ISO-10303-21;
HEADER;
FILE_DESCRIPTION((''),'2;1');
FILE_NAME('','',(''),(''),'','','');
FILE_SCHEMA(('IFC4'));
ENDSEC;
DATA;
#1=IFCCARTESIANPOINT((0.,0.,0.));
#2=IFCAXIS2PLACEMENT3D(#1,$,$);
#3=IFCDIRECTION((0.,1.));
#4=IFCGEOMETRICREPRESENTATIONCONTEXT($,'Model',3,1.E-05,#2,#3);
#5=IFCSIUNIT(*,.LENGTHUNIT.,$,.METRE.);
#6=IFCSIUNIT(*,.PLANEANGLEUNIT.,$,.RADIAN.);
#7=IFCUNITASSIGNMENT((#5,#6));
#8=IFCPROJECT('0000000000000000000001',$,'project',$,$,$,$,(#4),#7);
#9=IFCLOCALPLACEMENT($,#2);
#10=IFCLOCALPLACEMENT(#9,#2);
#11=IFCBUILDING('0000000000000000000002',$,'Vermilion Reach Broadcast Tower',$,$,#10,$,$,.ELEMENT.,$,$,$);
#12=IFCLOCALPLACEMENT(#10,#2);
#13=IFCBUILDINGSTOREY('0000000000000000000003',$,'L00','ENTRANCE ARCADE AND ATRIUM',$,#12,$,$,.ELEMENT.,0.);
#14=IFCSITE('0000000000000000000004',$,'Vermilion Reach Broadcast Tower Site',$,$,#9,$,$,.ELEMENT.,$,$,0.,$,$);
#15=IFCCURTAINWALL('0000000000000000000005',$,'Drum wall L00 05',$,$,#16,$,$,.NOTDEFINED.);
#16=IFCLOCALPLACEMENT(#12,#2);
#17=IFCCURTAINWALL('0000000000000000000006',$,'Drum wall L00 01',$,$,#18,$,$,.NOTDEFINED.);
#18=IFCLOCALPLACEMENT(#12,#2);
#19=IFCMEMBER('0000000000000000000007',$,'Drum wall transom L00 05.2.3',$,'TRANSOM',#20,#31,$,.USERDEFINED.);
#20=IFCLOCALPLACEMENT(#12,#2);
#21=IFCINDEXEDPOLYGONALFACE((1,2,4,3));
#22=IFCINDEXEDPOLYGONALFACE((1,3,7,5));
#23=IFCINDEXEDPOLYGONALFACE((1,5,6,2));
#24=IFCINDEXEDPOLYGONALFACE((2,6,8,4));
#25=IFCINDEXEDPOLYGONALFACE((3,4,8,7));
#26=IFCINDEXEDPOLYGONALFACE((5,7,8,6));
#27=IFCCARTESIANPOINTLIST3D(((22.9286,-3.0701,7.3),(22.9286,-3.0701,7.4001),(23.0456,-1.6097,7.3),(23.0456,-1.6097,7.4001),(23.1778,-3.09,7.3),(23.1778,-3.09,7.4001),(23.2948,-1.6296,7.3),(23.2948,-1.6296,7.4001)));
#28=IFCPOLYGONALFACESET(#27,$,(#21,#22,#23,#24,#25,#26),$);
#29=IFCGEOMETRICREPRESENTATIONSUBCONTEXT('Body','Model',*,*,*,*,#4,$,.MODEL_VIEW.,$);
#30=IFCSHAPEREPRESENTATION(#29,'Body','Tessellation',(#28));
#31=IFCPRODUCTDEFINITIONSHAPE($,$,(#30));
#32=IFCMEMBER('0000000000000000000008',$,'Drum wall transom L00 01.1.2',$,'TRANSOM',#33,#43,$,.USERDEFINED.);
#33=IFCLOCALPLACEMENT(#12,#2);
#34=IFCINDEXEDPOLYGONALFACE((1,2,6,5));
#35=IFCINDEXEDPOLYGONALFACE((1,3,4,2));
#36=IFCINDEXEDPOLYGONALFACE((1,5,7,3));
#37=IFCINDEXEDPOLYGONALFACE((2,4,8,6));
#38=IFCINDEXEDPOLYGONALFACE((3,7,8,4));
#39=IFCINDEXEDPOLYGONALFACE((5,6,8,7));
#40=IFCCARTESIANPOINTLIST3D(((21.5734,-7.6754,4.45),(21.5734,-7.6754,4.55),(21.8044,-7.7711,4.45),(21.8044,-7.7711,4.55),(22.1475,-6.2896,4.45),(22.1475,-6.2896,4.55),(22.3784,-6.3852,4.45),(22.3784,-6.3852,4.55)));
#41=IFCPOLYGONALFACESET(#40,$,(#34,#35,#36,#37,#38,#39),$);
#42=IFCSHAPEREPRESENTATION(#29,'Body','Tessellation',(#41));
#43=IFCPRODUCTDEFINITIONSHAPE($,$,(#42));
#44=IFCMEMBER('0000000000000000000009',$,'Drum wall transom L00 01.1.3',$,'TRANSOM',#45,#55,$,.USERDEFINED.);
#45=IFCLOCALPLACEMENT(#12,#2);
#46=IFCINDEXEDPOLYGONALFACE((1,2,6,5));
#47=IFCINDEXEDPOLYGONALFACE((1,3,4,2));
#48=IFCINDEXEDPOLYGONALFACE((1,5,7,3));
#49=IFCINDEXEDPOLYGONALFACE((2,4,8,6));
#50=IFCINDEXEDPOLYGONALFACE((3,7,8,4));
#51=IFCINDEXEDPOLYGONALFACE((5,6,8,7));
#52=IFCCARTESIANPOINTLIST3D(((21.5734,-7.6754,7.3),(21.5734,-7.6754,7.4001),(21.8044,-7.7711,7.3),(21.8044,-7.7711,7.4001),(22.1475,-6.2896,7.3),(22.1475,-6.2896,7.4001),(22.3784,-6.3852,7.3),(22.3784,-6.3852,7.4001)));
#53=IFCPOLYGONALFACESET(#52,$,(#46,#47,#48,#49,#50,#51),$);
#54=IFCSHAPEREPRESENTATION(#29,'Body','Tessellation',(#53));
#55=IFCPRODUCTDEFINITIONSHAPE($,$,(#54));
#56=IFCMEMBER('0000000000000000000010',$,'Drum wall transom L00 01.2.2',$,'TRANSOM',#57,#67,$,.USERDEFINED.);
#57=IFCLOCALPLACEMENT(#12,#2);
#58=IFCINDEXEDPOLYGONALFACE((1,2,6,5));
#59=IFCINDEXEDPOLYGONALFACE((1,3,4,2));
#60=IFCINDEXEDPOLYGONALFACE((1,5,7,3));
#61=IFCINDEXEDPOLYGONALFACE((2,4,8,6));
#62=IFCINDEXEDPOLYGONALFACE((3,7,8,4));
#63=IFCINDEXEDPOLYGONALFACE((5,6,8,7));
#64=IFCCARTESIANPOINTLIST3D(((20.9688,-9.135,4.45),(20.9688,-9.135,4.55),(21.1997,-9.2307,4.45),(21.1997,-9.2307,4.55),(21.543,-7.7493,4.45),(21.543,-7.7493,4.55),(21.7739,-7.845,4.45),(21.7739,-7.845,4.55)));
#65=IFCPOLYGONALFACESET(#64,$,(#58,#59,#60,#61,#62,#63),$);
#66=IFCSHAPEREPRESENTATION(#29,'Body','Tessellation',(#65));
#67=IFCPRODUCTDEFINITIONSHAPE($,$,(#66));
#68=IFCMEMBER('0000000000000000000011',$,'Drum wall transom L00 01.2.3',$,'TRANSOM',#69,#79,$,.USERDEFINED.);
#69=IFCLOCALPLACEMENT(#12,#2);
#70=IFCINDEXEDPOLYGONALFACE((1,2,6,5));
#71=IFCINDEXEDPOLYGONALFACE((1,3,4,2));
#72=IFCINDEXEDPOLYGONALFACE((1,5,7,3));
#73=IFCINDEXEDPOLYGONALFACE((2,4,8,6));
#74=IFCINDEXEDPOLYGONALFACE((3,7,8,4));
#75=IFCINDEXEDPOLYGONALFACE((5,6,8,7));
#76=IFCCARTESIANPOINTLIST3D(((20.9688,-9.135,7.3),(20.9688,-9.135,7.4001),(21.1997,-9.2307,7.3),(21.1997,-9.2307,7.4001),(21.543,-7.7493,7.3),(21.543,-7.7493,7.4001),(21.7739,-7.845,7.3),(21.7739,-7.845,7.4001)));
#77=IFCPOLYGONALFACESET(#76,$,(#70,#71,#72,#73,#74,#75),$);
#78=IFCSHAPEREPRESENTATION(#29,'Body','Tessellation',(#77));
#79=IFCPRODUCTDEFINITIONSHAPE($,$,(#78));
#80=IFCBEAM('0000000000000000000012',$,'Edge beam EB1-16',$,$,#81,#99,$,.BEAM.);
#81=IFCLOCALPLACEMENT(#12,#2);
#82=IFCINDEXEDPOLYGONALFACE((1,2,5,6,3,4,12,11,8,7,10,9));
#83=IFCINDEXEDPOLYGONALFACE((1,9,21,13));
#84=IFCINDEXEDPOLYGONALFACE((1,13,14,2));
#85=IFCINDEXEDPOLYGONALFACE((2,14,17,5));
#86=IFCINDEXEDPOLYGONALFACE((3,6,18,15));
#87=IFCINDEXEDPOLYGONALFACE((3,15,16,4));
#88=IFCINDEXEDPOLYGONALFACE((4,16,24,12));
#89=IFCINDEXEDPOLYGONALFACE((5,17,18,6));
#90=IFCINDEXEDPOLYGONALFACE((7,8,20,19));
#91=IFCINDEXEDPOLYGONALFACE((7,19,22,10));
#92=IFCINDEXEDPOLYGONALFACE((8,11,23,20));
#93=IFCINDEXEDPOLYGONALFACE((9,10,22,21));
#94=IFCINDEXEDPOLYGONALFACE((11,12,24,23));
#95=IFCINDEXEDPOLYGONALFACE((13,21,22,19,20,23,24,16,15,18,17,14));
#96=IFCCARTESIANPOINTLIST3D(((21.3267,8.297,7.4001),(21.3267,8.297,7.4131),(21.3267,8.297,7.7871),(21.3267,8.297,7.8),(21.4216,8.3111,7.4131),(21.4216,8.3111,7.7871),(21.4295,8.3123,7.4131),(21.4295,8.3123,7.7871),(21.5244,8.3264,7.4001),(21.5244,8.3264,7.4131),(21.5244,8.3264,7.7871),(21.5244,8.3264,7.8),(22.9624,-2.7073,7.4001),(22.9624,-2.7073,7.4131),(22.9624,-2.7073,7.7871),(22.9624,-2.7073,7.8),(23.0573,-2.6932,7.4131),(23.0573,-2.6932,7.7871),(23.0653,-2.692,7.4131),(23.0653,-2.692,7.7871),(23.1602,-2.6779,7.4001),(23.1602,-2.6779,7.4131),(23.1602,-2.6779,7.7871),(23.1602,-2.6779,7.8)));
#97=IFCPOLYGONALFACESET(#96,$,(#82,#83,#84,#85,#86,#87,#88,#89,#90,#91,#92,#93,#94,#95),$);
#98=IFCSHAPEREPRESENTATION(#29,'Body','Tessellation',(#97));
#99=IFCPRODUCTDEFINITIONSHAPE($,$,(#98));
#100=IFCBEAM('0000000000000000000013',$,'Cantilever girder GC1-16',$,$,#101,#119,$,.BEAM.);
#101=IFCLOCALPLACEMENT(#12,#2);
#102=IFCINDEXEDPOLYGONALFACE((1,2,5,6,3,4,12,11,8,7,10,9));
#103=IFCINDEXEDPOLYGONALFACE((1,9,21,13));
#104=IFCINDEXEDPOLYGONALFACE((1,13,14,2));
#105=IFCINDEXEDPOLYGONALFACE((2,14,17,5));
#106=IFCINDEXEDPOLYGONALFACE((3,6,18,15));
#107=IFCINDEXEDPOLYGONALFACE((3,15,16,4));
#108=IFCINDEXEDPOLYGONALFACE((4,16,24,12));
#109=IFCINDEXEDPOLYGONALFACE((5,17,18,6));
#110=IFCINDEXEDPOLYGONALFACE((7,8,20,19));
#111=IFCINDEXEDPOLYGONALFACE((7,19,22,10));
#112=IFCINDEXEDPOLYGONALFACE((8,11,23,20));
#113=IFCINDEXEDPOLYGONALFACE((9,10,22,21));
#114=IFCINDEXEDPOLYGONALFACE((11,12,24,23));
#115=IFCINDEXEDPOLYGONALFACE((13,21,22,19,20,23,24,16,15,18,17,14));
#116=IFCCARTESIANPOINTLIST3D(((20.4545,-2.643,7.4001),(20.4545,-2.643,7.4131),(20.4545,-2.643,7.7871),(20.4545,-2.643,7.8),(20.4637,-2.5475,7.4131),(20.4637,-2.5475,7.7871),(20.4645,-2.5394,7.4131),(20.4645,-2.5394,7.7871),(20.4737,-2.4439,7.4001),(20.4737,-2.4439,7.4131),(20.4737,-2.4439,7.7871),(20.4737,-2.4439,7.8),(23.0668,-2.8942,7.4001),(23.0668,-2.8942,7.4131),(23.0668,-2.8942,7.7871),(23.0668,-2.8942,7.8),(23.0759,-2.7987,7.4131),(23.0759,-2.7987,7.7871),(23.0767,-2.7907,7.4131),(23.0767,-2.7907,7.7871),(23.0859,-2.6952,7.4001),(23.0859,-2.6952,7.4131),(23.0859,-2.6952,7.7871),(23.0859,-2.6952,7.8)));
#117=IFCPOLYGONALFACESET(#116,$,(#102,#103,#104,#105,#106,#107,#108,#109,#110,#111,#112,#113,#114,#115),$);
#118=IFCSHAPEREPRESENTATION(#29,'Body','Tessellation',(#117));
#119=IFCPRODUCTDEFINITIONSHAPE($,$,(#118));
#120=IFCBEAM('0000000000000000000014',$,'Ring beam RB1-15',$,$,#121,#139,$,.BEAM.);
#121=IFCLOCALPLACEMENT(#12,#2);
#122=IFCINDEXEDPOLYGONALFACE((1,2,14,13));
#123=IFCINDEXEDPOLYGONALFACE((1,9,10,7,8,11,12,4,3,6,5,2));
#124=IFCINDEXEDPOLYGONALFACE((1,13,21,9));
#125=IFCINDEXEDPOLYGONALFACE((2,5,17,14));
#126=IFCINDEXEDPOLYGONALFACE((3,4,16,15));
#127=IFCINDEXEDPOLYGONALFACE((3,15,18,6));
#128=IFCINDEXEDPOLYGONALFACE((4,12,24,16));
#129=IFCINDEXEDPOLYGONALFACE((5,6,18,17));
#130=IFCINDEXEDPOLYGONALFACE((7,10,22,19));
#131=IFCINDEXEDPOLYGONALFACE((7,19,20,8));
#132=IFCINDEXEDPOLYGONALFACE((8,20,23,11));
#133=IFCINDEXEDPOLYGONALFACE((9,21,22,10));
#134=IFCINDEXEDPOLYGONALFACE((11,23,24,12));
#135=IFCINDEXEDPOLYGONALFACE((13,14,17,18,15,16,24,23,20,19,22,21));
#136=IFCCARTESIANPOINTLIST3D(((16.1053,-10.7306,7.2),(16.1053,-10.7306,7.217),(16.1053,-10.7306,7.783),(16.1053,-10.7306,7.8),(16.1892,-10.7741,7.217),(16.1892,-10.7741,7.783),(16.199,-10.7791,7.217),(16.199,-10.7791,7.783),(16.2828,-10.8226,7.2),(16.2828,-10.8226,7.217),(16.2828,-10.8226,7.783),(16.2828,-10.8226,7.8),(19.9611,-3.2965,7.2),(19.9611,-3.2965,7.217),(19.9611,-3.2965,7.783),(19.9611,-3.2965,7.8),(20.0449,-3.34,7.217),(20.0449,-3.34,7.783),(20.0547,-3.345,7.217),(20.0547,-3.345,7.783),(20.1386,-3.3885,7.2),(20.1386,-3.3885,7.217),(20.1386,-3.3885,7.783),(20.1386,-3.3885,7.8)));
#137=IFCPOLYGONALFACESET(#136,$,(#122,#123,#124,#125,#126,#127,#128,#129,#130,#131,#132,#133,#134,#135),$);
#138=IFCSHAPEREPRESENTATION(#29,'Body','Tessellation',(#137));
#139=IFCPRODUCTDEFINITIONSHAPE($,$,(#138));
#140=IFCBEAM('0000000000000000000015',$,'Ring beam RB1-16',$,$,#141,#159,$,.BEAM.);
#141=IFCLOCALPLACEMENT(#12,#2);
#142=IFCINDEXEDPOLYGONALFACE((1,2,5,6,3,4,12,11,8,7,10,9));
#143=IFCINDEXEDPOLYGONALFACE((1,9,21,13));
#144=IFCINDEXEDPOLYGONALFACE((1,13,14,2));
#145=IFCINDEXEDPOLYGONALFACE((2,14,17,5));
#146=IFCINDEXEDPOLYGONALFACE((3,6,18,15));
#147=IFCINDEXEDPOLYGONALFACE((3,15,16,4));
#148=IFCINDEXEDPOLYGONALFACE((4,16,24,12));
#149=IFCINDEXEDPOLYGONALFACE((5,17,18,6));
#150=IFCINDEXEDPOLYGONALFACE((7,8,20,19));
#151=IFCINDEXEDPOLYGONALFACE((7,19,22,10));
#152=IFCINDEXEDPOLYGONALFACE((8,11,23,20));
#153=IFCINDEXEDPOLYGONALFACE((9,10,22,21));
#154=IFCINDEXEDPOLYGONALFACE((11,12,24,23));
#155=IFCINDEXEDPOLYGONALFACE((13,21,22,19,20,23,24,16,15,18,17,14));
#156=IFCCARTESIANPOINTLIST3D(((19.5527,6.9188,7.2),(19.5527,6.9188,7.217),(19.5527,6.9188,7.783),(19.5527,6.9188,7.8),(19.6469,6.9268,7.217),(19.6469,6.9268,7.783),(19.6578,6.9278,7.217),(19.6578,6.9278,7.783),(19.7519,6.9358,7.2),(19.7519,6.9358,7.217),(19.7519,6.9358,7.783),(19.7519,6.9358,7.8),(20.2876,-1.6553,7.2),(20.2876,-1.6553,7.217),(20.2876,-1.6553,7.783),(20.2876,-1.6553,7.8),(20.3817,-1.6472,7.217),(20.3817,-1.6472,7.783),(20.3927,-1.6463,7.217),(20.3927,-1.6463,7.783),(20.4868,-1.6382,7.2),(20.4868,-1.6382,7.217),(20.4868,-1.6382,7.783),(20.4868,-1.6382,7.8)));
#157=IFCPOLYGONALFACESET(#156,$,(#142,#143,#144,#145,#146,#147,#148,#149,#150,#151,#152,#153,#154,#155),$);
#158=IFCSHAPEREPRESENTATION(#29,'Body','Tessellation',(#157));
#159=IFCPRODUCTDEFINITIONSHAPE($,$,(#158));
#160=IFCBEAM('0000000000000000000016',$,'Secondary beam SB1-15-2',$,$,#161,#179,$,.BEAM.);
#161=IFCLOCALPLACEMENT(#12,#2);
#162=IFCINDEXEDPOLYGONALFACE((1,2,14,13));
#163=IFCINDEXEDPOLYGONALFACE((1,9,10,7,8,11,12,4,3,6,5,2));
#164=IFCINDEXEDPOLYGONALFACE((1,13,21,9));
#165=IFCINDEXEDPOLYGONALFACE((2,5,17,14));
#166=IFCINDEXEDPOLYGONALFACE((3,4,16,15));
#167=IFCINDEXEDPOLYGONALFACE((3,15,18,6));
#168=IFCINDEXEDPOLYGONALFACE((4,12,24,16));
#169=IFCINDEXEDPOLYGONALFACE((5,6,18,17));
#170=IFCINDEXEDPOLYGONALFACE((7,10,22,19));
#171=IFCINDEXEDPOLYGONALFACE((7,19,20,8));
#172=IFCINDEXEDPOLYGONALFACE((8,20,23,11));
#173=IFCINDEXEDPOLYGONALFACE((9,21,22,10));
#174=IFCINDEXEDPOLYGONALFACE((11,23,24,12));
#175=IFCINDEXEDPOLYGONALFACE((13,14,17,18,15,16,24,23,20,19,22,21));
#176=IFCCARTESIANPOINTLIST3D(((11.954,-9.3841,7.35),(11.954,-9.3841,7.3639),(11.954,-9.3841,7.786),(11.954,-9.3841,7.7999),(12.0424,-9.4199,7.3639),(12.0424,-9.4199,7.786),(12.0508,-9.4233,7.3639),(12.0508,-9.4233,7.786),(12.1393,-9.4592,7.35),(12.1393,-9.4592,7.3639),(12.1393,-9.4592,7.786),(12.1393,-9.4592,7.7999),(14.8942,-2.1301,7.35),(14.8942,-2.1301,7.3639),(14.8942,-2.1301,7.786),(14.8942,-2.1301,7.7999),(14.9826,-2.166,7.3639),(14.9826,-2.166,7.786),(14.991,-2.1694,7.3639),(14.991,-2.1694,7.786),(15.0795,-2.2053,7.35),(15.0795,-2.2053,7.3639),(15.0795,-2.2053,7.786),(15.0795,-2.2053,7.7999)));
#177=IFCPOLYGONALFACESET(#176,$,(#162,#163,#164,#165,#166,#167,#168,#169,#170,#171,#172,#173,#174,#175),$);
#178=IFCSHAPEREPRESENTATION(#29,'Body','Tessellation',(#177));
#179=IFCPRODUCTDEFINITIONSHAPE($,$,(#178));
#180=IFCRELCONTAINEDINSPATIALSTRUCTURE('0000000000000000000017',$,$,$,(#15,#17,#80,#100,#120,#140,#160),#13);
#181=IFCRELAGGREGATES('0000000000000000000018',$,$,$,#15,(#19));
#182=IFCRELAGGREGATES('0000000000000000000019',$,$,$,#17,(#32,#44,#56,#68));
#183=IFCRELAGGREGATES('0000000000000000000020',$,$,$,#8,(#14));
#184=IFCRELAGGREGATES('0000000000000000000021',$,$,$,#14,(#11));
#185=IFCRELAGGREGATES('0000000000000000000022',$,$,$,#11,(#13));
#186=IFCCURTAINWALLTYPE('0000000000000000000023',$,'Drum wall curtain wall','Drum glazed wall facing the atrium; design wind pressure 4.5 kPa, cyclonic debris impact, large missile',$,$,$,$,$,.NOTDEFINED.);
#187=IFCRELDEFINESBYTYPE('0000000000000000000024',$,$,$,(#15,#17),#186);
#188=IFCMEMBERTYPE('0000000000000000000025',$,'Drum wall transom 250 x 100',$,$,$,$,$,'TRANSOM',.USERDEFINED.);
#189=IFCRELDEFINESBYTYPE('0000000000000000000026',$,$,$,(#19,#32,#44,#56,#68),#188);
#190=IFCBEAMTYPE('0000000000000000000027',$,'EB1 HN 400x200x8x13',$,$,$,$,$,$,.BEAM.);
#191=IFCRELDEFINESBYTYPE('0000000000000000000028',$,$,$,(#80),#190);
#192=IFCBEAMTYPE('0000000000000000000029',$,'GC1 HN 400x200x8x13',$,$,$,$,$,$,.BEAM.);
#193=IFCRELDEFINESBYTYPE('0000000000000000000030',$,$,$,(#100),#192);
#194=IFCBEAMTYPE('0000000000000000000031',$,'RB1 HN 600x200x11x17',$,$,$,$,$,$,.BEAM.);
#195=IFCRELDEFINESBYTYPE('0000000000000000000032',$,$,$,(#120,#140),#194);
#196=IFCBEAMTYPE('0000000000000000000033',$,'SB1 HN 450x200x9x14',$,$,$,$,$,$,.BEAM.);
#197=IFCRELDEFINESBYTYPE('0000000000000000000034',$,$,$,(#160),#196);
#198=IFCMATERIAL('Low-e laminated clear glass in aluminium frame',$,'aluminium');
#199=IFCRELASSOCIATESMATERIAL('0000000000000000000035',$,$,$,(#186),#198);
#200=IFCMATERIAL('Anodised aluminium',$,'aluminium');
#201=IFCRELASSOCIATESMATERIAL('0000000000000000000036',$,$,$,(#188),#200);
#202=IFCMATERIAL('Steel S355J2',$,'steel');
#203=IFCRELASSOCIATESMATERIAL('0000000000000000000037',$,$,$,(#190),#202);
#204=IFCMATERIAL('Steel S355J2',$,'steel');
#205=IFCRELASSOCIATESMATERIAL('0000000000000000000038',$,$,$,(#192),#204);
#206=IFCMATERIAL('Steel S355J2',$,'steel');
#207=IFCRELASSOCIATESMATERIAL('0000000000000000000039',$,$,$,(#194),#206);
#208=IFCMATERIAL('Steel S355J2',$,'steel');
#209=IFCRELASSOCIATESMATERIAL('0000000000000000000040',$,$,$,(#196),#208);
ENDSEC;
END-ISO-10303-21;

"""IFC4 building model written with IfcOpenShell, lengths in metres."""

from ifc_helpers import new_model, si_unit, direction, frame, origin, origin_2d, place, context, subcontext, project, spatial, rectangle, i_section, extrude, material, material_profile, profile_set, type_object, element, aggregate, save


model = new_model("IFC4")

# Units and contexts
model_context = context("Model", 3, precision=1e-05, world=origin(), true_north=direction((0.0, 1.0)))
body_context = subcontext(model_context, "Body", "Model", "MODEL_VIEW")
ifc_project = project(units=[si_unit("LENGTHUNIT", "METRE"), si_unit("PLANEANGLEUNIT", "RADIAN")], contexts=[model_context])

# Site, building, storey
site_placement = place(None, origin())
site = spatial("IfcSite", under=ifc_project, at=site_placement, Name="Vermilion Reach Broadcast Tower Site", CompositionType="ELEMENT", RefElevation=0.0)
building_placement = place(site_placement, origin())
building = spatial("IfcBuilding", under=site, at=building_placement, Name="Vermilion Reach Broadcast Tower", CompositionType="ELEMENT")
storey_placement = place(building_placement, origin())
storey = spatial("IfcBuildingStorey", under=building, at=storey_placement, Name="L00", Description="ENTRANCE ARCADE AND ATRIUM", CompositionType="ELEMENT", Elevation=0.0)

# Curtain walls
ifc_material_1 = material(Name="Low-e laminated clear glass in aluminium frame", Category="aluminium")
curtain_wall_type = type_object("IfcCurtainWallType", Name="Drum wall curtain wall", Description="Drum glazed wall facing the atrium; design wind pressure 4.5 kPa, cyclonic debris impact, large missile", PredefinedType="NOTDEFINED", material=ifc_material_1)
placement = place(storey_placement, origin())
curtain_wall_1 = element("IfcCurtainWall", 1, at=placement, inside=storey, type_object=curtain_wall_type, Name="Drum wall L00 05", PredefinedType="NOTDEFINED")
curtain_wall_2 = element("IfcCurtainWall", 2, at=placement, inside=storey, type_object=curtain_wall_type, Name="Drum wall L00 01", PredefinedType="NOTDEFINED")

# Members
ifc_material_2 = material(Name="Anodised aluminium", Category="aluminium")
ifc_material_profile_1 = material_profile(ifc_material_2, rectangle(XDim=0.25, YDim=0.1001, at=origin_2d()), Name="Drum wall transom 250 x 100")
ifc_profile_set_1 = profile_set([ifc_material_profile_1], Name="Anodised aluminium")
member_type_1 = type_object("IfcMemberType", Name="Drum wall transom 250 x 100", ElementType="TRANSOM", PredefinedType="USERDEFINED", material=ifc_profile_set_1)
member_1_placement = place(storey_placement, frame((23.1702, -1.6196, 7.3501), z_axis=(-0.079818, -0.996809, 0.0), x_axis=(0.996809, -0.079818, 0.0)))
member_1 = element("IfcMember", 3, at=member_1_placement, type_object=member_type_1, Name="Drum wall transom L00 05.2.3", ObjectType="TRANSOM", PredefinedType="USERDEFINED", context=body_context, shape_type="SweptSolid", body=[
    extrude(rectangle(XDim=0.25, YDim=0.1001, at=origin_2d()), origin(), (0.0, 0.0, 1.0), 1.4651),
])
member_2_placement = place(storey_placement, frame((22.2629, -6.3374, 4.5), z_axis=(-0.382673, -0.923884, 0.0), x_axis=(0.923884, -0.382673, 0.0)))
member_2 = element("IfcMember", 4, at=member_2_placement, type_object=member_type_1, Name="Drum wall transom L00 01.1.2", ObjectType="TRANSOM", PredefinedType="USERDEFINED", context=body_context, shape_type="SweptSolid", body=[
    extrude(rectangle(XDim=0.25, YDim=0.1001, at=origin_2d()), origin(), (0.0, 0.0, 1.0), 1.5),
])
member_3_placement = place(storey_placement, frame((22.2629, -6.3374, 7.3501), z_axis=(-0.382673, -0.923884, 0.0), x_axis=(0.923884, -0.382673, 0.0)))
member_3 = element("IfcMember", 5, at=member_3_placement, type_object=member_type_1, Name="Drum wall transom L00 01.1.3", ObjectType="TRANSOM", PredefinedType="USERDEFINED", context=body_context, shape_type="SweptSolid", body=[
    extrude(rectangle(XDim=0.25, YDim=0.1001, at=origin_2d()), origin(), (0.0, 0.0, 1.0), 1.5),
])
member_4_placement = place(storey_placement, frame((21.6584, -7.7971, 4.5), z_axis=(-0.382812, -0.923826, 0.0), x_axis=(0.923826, -0.382812, 0.0)))
member_4 = element("IfcMember", 6, at=member_4_placement, type_object=member_type_1, Name="Drum wall transom L00 01.2.2", ObjectType="TRANSOM", PredefinedType="USERDEFINED", context=body_context, shape_type="SweptSolid", body=[
    extrude(rectangle(XDim=0.25, YDim=0.1001, at=origin_2d()), origin(), (0.0, 0.0, 1.0), 1.5),
])
member_5_placement = place(storey_placement, frame((21.6584, -7.7971, 7.3501), z_axis=(-0.382812, -0.923826, 0.0), x_axis=(0.923826, -0.382812, 0.0)))
member_5 = element("IfcMember", 7, at=member_5_placement, type_object=member_type_1, Name="Drum wall transom L00 01.2.3", ObjectType="TRANSOM", PredefinedType="USERDEFINED", context=body_context, shape_type="SweptSolid", body=[
    extrude(rectangle(XDim=0.25, YDim=0.1001, at=origin_2d()), origin(), (0.0, 0.0, 1.0), 1.5),
])

# Beams
ifc_material_3 = material(Name="Steel S355J2", Category="steel")
ifc_material_profile_2 = material_profile(ifc_material_3, i_section(OverallWidth=0.2, OverallDepth=0.3999, WebThickness=0.0081, FlangeThickness=0.0129, at=origin_2d()), Name="S355J2 HN 400x200x8x13")
ifc_profile_set_2 = profile_set([ifc_material_profile_2], Name="Steel S355J2")
beam_type_1 = type_object("IfcBeamType", Name="EB1 HN 400x200x8x13", PredefinedType="BEAM", material=ifc_profile_set_2)
beam_1_placement = place(storey_placement, frame((23.0613, -2.6926, 7.6001), z_axis=(-0.147029, 0.989132, 0.0), x_axis=(-0.989132, -0.147029, 0.0)))
element("IfcBeam", 8, at=beam_1_placement, inside=storey, type_object=beam_type_1, Name="Edge beam EB1-16", PredefinedType="BEAM", context=body_context, shape_type="SweptSolid", body=[
    extrude(i_section(OverallWidth=0.2, OverallDepth=0.3999, WebThickness=0.0081, FlangeThickness=0.0129, at=origin_2d()), origin(), (0.0, 0.0, 1.0), 11.1252),
])
ifc_material_4 = material(Name="Steel S355J2", Category="steel")
ifc_material_profile_3 = material_profile(ifc_material_4, i_section(OverallWidth=0.2, OverallDepth=0.3999, WebThickness=0.0081, FlangeThickness=0.0129, at=origin_2d()), Name="S355J2 HN 400x200x8x13")
ifc_profile_set_3 = profile_set([ifc_material_profile_3], Name="Steel S355J2")
beam_type_2 = type_object("IfcBeamType", Name="GC1 HN 400x200x8x13", PredefinedType="BEAM", material=ifc_profile_set_3)
beam_2_placement = place(storey_placement, frame((20.4641, -2.5435, 7.6001), z_axis=(0.995408, -0.095727, 0.0), x_axis=(0.095727, 0.995408, 0.0)))
element("IfcBeam", 9, at=beam_2_placement, inside=storey, type_object=beam_type_2, Name="Cantilever girder GC1-16", PredefinedType="BEAM", context=body_context, shape_type="SweptSolid", body=[
    extrude(i_section(OverallWidth=0.2, OverallDepth=0.3999, WebThickness=0.0081, FlangeThickness=0.0129, at=origin_2d()), origin(), (0.0, 0.0, 1.0), 2.6243),
])
ifc_material_5 = material(Name="Steel S355J2", Category="steel")
ifc_material_profile_4 = material_profile(ifc_material_5, i_section(OverallWidth=0.2, OverallDepth=0.6001, WebThickness=0.011, FlangeThickness=0.0171, at=origin_2d()), Name="S355J2 HN 600x200x11x17")
ifc_profile_set_4 = profile_set([ifc_material_profile_4], Name="Steel S355J2")
beam_type_3 = type_object("IfcBeamType", Name="RB1 HN 600x200x11x17", PredefinedType="BEAM", material=ifc_profile_set_4)
beam_3_placement = place(storey_placement, frame((16.1941, -10.7766, 7.5), z_axis=(0.460412, 0.887706, 0.0), x_axis=(-0.887706, 0.460412, 0.0)))
element("IfcBeam", 10, at=beam_3_placement, inside=storey, type_object=beam_type_3, Name="Ring beam RB1-15", PredefinedType="BEAM", context=body_context, shape_type="SweptSolid", body=[
    extrude(i_section(OverallWidth=0.2, OverallDepth=0.6001, WebThickness=0.011, FlangeThickness=0.0171, at=origin_2d()), origin(), (0.0, 0.0, 1.0), 8.3745),
])
beam_4_placement = place(storey_placement, frame((20.3872, -1.6467, 7.5), z_axis=(-0.085396, 0.996347, 0.0), x_axis=(-0.996347, -0.085396, 0.0)))
element("IfcBeam", 11, at=beam_4_placement, inside=storey, type_object=beam_type_3, Name="Ring beam RB1-16", PredefinedType="BEAM", context=body_context, shape_type="SweptSolid", body=[
    extrude(i_section(OverallWidth=0.2, OverallDepth=0.6001, WebThickness=0.011, FlangeThickness=0.0171, at=origin_2d()), origin(), (0.0, 0.0, 1.0), 8.6055),
])
ifc_material_6 = material(Name="Steel S355J2", Category="steel")
ifc_material_profile_5 = material_profile(ifc_material_6, i_section(OverallWidth=0.2, OverallDepth=0.45, WebThickness=0.009, FlangeThickness=0.0139, at=origin_2d()), Name="S355J2 HN 450x200x9x14")
ifc_profile_set_5 = profile_set([ifc_material_profile_5], Name="Steel S355J2")
beam_type_4 = type_object("IfcBeamType", Name="SB1 HN 450x200x9x14", PredefinedType="BEAM", material=ifc_profile_set_5)
beam_5_placement = place(storey_placement, frame((12.0466, -9.4216, 7.575), z_axis=(0.375641, 0.926765, 0.0), x_axis=(-0.926765, 0.375641, 0.0)))
element("IfcBeam", 12, at=beam_5_placement, inside=storey, type_object=beam_type_4, Name="Secondary beam SB1-15-2", PredefinedType="BEAM", context=body_context, shape_type="SweptSolid", body=[
    extrude(i_section(OverallWidth=0.2, OverallDepth=0.45, WebThickness=0.009, FlangeThickness=0.0139, at=origin_2d()), origin(), (0.0, 0.0, 1.0), 7.8271),
])

aggregate(curtain_wall_1, [member_1])
aggregate(curtain_wall_2, [member_2, member_3, member_4, member_5])

save(model, "model.ifc")
